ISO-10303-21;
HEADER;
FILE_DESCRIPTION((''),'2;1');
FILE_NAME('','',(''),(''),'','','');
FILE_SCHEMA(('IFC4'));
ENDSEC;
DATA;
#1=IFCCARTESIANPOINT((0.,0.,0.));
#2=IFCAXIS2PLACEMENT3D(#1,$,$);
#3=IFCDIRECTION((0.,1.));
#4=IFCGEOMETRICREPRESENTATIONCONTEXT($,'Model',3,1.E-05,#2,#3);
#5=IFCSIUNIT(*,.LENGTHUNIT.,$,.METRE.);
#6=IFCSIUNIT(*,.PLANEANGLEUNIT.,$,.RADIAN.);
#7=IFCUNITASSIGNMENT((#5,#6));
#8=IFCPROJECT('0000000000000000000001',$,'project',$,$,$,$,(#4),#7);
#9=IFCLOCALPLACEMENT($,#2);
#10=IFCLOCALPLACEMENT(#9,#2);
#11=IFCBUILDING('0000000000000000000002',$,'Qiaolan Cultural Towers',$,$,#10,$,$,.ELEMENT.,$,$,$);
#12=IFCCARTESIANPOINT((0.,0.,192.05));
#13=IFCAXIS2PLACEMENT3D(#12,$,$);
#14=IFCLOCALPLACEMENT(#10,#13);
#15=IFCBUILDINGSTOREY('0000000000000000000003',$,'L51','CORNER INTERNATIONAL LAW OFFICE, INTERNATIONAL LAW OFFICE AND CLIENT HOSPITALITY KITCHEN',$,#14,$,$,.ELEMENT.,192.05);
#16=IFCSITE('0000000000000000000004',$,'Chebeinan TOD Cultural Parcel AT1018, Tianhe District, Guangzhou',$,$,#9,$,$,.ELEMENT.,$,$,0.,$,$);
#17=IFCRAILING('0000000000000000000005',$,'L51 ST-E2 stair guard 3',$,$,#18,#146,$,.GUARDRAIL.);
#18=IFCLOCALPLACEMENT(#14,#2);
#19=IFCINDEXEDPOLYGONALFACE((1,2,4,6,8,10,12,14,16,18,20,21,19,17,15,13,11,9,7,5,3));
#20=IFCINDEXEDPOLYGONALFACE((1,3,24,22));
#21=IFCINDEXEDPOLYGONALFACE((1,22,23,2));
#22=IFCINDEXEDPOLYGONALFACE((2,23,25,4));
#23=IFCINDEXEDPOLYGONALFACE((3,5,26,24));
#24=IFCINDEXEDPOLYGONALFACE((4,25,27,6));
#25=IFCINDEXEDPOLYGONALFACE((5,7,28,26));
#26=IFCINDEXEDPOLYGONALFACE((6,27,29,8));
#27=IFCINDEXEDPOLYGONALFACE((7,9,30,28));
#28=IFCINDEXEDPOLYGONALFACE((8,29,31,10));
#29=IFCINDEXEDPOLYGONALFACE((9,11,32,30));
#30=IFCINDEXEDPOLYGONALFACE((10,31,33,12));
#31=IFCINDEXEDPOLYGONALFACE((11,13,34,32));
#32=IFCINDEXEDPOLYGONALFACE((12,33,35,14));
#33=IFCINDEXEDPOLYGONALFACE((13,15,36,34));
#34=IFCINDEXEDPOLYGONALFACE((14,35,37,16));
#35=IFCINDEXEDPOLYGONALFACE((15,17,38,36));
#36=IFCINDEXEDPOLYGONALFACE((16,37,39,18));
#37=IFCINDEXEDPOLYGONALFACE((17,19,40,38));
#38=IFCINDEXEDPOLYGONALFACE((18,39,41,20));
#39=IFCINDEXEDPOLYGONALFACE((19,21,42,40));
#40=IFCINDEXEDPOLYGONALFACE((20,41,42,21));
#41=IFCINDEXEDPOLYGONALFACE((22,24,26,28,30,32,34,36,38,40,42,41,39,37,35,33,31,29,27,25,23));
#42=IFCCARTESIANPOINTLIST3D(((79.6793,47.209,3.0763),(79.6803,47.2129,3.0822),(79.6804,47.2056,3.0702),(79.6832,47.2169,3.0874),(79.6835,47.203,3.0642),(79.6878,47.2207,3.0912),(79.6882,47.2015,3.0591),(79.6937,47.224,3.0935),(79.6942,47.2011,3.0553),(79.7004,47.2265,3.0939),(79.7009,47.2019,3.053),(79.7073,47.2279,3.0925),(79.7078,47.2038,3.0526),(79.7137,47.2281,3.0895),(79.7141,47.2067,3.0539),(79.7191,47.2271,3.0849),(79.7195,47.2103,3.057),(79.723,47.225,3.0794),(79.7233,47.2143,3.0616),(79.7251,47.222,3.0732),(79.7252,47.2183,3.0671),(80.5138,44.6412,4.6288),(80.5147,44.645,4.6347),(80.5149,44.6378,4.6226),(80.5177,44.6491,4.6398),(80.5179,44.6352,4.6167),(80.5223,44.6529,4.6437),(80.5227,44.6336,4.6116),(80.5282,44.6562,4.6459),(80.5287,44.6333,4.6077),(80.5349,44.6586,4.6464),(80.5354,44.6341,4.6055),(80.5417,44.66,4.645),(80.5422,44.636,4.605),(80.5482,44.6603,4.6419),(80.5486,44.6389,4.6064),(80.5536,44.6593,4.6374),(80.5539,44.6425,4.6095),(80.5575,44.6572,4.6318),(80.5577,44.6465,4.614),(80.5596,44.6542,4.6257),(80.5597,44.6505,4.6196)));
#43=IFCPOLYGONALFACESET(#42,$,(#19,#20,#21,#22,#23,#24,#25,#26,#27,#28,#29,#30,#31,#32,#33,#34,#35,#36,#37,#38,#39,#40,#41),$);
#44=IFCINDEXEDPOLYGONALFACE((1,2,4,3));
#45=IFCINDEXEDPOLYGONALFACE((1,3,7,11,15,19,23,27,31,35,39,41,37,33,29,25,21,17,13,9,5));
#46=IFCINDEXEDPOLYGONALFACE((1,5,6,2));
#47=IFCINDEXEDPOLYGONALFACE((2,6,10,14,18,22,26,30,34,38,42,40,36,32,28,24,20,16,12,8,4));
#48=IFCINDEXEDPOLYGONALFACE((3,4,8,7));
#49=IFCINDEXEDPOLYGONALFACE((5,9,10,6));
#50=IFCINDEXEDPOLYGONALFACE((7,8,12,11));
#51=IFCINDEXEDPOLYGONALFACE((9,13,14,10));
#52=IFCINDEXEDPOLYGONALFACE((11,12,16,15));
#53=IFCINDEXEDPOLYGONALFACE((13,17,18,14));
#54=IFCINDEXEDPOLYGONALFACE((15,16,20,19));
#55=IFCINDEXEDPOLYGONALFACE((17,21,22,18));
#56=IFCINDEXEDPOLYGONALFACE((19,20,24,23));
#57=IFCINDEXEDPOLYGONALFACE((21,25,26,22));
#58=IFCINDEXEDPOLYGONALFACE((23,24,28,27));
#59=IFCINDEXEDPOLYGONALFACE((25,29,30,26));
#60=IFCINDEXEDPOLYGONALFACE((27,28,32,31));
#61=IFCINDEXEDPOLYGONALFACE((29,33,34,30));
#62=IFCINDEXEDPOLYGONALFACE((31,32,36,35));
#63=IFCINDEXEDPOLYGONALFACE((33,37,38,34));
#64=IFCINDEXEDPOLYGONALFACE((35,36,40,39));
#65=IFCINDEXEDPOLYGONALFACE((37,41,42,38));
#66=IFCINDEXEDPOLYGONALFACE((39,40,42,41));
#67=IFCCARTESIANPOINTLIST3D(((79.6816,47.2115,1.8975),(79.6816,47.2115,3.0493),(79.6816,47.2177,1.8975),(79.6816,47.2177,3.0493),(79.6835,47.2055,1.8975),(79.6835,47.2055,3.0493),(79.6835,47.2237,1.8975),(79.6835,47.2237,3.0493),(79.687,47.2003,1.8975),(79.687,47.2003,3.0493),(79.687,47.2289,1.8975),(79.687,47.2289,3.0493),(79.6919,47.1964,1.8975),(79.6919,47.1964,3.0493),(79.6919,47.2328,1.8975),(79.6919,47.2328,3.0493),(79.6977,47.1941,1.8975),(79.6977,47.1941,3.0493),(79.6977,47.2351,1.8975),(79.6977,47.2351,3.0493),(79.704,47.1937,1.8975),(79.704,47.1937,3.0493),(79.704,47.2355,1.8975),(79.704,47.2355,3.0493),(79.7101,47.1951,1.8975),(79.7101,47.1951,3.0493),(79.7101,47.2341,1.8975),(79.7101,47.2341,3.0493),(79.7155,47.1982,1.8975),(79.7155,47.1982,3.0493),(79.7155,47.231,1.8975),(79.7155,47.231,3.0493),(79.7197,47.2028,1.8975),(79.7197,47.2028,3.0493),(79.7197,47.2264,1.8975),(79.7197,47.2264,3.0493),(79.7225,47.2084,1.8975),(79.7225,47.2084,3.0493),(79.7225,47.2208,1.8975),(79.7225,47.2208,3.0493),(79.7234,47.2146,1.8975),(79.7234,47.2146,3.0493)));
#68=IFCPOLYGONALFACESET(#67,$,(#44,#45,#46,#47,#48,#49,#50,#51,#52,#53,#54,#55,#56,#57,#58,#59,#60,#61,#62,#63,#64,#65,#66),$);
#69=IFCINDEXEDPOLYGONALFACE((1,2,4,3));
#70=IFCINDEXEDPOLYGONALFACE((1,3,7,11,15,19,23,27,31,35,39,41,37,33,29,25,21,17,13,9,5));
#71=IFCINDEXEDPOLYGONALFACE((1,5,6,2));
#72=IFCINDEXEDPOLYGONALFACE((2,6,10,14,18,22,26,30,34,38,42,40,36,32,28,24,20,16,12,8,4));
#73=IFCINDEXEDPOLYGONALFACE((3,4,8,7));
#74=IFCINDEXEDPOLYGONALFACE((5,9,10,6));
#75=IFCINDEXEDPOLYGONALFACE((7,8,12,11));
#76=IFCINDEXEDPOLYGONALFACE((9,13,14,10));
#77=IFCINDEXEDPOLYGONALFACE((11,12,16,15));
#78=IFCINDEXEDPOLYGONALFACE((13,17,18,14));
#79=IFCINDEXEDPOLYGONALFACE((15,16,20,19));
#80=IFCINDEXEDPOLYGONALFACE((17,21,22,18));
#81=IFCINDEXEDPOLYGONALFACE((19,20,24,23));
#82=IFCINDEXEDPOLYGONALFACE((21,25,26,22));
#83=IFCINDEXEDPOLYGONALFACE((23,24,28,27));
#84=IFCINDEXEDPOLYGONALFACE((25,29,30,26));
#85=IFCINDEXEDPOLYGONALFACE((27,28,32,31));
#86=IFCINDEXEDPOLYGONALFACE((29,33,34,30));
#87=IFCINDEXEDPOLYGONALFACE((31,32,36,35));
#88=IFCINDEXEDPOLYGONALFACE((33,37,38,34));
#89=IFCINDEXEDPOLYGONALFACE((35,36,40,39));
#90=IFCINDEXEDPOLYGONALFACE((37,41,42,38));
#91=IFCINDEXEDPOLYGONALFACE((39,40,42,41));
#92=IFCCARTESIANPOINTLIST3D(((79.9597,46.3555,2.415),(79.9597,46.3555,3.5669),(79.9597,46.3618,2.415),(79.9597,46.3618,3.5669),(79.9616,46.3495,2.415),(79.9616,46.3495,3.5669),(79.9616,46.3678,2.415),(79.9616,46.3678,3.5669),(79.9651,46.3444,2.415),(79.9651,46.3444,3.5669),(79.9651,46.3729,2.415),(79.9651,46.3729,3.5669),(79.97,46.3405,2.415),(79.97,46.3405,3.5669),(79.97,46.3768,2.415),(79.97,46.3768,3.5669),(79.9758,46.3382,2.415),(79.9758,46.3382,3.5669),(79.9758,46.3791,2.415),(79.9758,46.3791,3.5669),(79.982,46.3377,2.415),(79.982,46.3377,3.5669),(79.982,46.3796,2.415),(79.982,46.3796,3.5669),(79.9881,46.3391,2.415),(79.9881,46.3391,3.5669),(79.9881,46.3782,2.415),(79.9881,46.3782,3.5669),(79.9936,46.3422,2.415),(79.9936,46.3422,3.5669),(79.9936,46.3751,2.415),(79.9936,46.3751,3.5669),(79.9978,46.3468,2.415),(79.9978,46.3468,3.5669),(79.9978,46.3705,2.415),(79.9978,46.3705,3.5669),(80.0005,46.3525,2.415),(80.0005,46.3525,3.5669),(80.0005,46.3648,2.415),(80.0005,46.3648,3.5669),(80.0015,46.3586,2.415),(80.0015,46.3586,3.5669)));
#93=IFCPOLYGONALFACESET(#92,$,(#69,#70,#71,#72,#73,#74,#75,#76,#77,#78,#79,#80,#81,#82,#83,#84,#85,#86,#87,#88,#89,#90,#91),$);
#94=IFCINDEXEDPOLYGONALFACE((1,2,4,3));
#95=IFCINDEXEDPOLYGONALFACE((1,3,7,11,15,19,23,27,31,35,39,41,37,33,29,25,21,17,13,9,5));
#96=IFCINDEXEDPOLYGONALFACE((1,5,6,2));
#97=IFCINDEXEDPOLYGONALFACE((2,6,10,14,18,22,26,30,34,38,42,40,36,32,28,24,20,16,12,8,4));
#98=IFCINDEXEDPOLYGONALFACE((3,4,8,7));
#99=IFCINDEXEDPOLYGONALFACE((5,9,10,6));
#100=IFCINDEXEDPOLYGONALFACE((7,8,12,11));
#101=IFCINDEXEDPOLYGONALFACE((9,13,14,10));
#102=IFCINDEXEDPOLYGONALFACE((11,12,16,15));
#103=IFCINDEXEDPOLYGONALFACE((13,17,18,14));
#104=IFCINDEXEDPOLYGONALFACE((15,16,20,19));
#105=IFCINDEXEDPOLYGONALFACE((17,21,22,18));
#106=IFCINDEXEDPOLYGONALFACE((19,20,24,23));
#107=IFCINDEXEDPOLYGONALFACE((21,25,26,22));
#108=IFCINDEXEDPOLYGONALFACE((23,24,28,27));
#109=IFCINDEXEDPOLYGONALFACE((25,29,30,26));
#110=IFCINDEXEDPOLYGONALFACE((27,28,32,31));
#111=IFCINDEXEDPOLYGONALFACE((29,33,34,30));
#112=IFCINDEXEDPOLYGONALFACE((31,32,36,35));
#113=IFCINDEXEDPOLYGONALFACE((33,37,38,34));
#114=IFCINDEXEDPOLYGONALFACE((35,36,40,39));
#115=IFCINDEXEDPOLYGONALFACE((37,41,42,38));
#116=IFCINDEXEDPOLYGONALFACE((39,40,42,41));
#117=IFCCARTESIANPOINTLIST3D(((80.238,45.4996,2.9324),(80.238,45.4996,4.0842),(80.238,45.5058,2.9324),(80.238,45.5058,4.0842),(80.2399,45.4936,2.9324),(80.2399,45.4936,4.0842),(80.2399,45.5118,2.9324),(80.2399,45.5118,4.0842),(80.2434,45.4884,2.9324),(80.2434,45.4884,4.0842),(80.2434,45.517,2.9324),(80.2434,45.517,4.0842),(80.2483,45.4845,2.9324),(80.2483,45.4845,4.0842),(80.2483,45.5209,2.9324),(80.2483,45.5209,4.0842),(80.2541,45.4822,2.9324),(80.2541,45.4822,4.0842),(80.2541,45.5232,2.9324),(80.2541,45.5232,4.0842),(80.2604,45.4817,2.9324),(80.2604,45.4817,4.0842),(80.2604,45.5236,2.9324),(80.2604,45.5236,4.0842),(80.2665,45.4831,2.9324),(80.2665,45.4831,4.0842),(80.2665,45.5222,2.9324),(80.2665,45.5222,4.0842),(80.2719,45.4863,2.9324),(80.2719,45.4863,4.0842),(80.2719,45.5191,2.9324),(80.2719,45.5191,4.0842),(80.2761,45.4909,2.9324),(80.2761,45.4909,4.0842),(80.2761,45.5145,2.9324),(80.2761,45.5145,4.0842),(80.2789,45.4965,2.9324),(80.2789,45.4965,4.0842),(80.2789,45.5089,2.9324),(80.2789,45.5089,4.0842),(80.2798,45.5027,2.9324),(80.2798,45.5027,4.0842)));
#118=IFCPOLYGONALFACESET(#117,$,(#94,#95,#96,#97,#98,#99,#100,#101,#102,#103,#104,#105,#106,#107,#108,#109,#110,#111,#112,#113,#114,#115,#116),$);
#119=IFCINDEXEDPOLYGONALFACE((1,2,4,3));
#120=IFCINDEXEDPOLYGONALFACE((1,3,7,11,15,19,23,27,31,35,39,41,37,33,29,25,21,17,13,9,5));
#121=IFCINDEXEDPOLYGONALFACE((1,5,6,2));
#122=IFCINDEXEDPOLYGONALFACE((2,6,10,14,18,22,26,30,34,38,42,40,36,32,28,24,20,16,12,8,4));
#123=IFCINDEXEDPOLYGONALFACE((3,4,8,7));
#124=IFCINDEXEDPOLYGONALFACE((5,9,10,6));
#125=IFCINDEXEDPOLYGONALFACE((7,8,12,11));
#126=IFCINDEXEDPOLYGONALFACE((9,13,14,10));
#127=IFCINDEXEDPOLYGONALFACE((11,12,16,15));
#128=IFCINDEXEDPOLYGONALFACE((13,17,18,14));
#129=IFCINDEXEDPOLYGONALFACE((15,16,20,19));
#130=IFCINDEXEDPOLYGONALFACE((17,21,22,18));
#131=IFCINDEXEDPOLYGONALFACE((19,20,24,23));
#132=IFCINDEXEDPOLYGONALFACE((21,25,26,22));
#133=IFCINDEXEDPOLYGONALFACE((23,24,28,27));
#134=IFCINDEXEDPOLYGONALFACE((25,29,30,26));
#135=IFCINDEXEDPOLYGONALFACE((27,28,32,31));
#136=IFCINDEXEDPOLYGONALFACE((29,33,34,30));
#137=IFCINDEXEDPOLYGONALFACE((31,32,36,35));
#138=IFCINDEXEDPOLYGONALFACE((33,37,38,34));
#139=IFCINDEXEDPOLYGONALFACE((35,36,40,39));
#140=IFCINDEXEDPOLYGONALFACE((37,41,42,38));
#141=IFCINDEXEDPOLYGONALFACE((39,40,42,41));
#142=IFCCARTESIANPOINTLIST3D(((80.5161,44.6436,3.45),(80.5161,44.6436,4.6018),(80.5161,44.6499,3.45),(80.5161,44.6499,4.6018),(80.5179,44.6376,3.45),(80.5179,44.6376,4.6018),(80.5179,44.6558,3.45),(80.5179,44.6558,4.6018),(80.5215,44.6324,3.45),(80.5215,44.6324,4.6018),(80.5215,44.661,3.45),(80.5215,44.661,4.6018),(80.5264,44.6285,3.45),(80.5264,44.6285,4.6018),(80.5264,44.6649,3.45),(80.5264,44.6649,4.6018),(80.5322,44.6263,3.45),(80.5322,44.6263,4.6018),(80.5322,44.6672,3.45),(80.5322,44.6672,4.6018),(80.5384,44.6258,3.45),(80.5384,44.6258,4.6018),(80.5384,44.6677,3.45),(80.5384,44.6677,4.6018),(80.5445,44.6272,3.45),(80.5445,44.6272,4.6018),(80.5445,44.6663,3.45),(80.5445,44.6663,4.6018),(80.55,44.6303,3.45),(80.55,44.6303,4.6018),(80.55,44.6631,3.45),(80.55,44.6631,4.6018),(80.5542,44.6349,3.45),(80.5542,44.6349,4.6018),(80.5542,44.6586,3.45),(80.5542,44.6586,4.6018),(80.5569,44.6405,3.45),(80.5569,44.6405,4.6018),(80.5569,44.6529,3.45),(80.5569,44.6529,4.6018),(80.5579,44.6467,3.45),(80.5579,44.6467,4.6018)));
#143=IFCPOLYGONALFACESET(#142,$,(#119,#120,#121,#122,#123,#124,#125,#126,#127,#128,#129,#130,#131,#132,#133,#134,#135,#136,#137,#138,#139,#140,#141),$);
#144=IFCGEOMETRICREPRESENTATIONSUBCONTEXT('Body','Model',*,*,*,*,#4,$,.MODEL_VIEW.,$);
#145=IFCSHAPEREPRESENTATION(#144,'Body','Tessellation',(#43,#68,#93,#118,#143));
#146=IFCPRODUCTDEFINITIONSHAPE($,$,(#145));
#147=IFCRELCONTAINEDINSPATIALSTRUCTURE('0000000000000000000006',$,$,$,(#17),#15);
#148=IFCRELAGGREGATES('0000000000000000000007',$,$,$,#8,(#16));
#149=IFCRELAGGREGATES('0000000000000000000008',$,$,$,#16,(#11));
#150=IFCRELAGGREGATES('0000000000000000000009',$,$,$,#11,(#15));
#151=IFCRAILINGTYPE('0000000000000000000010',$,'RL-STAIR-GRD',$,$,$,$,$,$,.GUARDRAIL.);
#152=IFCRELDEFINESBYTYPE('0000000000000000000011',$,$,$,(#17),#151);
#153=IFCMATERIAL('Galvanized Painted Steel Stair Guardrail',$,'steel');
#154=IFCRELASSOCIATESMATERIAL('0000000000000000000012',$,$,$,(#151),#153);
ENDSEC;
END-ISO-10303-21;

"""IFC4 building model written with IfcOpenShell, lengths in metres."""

from ifc_helpers import new_model, si_unit, direction, frame, origin, origin_2d, place, context, subcontext, project, spatial, circle, extrude, material, type_object, element, save


model = new_model("IFC4")

# Units and contexts
model_context = context("Model", 3, precision=1e-05, world=origin(), true_north=direction((0.0, 1.0)))
body_context = subcontext(model_context, "Body", "Model", "MODEL_VIEW")
ifc_project = project(units=[si_unit("LENGTHUNIT", "METRE"), si_unit("PLANEANGLEUNIT", "RADIAN")], contexts=[model_context])

# Site, building, storey
site_placement = place(None, origin())
site = spatial("IfcSite", under=ifc_project, at=site_placement, Name="Chebeinan TOD Cultural Parcel AT1018, Tianhe District, Guangzhou", CompositionType="ELEMENT", RefElevation=0.0)
building_placement = place(site_placement, origin())
building = spatial("IfcBuilding", under=site, at=building_placement, Name="Qiaolan Cultural Towers", CompositionType="ELEMENT")
storey_placement = place(building_placement, frame((0.0, 0.0, 192.05)))
storey = spatial("IfcBuildingStorey", under=building, at=storey_placement, Name="L51", Description="CORNER INTERNATIONAL LAW OFFICE, INTERNATIONAL LAW OFFICE AND CLIENT HOSPITALITY KITCHEN", CompositionType="ELEMENT", Elevation=192.05)

# Railing
ifc_material_1 = material(Name="Galvanized Painted Steel Stair Guardrail", Category="steel")
railing_type_1 = type_object("IfcRailingType", Name="RL-STAIR-GRD", PredefinedType="GUARDRAIL", material=ifc_material_1)
railing_1_placement = place(storey_placement, frame((79.7024, 47.2146, 1.8975)))
element("IfcRailing", 1, at=railing_1_placement, inside=storey, type_object=railing_type_1, Name="L51 ST-E2 stair guard 3", PredefinedType="GUARDRAIL", context=body_context, shape_type="SweptSolid", body=[
    extrude(circle(Radius=0.0239, at=origin_2d()), frame((0.0, 0.0, 1.1758), z_axis=(0.267926, -0.824471, 0.498461), x_axis=(0.951043, 0.309057, 0.0)), (0.0, 0.0, 1.0), 3.1145),
    extrude(circle(Radius=0.021, at=origin_2d()), origin(), (0.0, 0.0, 1.0), 1.1519),
    extrude(circle(Radius=0.021, at=origin_2d()), frame((0.2781, -0.856, 0.5176)), (0.0, 0.0, 1.0), 1.1519),
    extrude(circle(Radius=0.021, at=origin_2d()), frame((0.5564, -1.7119, 1.0349)), (0.0, 0.0, 1.0), 1.1519),
    extrude(circle(Radius=0.021, at=origin_2d()), frame((0.8345, -2.5679, 1.5525)), (0.0, 0.0, 1.0), 1.1519),
])

save(model, "model.ifc")
